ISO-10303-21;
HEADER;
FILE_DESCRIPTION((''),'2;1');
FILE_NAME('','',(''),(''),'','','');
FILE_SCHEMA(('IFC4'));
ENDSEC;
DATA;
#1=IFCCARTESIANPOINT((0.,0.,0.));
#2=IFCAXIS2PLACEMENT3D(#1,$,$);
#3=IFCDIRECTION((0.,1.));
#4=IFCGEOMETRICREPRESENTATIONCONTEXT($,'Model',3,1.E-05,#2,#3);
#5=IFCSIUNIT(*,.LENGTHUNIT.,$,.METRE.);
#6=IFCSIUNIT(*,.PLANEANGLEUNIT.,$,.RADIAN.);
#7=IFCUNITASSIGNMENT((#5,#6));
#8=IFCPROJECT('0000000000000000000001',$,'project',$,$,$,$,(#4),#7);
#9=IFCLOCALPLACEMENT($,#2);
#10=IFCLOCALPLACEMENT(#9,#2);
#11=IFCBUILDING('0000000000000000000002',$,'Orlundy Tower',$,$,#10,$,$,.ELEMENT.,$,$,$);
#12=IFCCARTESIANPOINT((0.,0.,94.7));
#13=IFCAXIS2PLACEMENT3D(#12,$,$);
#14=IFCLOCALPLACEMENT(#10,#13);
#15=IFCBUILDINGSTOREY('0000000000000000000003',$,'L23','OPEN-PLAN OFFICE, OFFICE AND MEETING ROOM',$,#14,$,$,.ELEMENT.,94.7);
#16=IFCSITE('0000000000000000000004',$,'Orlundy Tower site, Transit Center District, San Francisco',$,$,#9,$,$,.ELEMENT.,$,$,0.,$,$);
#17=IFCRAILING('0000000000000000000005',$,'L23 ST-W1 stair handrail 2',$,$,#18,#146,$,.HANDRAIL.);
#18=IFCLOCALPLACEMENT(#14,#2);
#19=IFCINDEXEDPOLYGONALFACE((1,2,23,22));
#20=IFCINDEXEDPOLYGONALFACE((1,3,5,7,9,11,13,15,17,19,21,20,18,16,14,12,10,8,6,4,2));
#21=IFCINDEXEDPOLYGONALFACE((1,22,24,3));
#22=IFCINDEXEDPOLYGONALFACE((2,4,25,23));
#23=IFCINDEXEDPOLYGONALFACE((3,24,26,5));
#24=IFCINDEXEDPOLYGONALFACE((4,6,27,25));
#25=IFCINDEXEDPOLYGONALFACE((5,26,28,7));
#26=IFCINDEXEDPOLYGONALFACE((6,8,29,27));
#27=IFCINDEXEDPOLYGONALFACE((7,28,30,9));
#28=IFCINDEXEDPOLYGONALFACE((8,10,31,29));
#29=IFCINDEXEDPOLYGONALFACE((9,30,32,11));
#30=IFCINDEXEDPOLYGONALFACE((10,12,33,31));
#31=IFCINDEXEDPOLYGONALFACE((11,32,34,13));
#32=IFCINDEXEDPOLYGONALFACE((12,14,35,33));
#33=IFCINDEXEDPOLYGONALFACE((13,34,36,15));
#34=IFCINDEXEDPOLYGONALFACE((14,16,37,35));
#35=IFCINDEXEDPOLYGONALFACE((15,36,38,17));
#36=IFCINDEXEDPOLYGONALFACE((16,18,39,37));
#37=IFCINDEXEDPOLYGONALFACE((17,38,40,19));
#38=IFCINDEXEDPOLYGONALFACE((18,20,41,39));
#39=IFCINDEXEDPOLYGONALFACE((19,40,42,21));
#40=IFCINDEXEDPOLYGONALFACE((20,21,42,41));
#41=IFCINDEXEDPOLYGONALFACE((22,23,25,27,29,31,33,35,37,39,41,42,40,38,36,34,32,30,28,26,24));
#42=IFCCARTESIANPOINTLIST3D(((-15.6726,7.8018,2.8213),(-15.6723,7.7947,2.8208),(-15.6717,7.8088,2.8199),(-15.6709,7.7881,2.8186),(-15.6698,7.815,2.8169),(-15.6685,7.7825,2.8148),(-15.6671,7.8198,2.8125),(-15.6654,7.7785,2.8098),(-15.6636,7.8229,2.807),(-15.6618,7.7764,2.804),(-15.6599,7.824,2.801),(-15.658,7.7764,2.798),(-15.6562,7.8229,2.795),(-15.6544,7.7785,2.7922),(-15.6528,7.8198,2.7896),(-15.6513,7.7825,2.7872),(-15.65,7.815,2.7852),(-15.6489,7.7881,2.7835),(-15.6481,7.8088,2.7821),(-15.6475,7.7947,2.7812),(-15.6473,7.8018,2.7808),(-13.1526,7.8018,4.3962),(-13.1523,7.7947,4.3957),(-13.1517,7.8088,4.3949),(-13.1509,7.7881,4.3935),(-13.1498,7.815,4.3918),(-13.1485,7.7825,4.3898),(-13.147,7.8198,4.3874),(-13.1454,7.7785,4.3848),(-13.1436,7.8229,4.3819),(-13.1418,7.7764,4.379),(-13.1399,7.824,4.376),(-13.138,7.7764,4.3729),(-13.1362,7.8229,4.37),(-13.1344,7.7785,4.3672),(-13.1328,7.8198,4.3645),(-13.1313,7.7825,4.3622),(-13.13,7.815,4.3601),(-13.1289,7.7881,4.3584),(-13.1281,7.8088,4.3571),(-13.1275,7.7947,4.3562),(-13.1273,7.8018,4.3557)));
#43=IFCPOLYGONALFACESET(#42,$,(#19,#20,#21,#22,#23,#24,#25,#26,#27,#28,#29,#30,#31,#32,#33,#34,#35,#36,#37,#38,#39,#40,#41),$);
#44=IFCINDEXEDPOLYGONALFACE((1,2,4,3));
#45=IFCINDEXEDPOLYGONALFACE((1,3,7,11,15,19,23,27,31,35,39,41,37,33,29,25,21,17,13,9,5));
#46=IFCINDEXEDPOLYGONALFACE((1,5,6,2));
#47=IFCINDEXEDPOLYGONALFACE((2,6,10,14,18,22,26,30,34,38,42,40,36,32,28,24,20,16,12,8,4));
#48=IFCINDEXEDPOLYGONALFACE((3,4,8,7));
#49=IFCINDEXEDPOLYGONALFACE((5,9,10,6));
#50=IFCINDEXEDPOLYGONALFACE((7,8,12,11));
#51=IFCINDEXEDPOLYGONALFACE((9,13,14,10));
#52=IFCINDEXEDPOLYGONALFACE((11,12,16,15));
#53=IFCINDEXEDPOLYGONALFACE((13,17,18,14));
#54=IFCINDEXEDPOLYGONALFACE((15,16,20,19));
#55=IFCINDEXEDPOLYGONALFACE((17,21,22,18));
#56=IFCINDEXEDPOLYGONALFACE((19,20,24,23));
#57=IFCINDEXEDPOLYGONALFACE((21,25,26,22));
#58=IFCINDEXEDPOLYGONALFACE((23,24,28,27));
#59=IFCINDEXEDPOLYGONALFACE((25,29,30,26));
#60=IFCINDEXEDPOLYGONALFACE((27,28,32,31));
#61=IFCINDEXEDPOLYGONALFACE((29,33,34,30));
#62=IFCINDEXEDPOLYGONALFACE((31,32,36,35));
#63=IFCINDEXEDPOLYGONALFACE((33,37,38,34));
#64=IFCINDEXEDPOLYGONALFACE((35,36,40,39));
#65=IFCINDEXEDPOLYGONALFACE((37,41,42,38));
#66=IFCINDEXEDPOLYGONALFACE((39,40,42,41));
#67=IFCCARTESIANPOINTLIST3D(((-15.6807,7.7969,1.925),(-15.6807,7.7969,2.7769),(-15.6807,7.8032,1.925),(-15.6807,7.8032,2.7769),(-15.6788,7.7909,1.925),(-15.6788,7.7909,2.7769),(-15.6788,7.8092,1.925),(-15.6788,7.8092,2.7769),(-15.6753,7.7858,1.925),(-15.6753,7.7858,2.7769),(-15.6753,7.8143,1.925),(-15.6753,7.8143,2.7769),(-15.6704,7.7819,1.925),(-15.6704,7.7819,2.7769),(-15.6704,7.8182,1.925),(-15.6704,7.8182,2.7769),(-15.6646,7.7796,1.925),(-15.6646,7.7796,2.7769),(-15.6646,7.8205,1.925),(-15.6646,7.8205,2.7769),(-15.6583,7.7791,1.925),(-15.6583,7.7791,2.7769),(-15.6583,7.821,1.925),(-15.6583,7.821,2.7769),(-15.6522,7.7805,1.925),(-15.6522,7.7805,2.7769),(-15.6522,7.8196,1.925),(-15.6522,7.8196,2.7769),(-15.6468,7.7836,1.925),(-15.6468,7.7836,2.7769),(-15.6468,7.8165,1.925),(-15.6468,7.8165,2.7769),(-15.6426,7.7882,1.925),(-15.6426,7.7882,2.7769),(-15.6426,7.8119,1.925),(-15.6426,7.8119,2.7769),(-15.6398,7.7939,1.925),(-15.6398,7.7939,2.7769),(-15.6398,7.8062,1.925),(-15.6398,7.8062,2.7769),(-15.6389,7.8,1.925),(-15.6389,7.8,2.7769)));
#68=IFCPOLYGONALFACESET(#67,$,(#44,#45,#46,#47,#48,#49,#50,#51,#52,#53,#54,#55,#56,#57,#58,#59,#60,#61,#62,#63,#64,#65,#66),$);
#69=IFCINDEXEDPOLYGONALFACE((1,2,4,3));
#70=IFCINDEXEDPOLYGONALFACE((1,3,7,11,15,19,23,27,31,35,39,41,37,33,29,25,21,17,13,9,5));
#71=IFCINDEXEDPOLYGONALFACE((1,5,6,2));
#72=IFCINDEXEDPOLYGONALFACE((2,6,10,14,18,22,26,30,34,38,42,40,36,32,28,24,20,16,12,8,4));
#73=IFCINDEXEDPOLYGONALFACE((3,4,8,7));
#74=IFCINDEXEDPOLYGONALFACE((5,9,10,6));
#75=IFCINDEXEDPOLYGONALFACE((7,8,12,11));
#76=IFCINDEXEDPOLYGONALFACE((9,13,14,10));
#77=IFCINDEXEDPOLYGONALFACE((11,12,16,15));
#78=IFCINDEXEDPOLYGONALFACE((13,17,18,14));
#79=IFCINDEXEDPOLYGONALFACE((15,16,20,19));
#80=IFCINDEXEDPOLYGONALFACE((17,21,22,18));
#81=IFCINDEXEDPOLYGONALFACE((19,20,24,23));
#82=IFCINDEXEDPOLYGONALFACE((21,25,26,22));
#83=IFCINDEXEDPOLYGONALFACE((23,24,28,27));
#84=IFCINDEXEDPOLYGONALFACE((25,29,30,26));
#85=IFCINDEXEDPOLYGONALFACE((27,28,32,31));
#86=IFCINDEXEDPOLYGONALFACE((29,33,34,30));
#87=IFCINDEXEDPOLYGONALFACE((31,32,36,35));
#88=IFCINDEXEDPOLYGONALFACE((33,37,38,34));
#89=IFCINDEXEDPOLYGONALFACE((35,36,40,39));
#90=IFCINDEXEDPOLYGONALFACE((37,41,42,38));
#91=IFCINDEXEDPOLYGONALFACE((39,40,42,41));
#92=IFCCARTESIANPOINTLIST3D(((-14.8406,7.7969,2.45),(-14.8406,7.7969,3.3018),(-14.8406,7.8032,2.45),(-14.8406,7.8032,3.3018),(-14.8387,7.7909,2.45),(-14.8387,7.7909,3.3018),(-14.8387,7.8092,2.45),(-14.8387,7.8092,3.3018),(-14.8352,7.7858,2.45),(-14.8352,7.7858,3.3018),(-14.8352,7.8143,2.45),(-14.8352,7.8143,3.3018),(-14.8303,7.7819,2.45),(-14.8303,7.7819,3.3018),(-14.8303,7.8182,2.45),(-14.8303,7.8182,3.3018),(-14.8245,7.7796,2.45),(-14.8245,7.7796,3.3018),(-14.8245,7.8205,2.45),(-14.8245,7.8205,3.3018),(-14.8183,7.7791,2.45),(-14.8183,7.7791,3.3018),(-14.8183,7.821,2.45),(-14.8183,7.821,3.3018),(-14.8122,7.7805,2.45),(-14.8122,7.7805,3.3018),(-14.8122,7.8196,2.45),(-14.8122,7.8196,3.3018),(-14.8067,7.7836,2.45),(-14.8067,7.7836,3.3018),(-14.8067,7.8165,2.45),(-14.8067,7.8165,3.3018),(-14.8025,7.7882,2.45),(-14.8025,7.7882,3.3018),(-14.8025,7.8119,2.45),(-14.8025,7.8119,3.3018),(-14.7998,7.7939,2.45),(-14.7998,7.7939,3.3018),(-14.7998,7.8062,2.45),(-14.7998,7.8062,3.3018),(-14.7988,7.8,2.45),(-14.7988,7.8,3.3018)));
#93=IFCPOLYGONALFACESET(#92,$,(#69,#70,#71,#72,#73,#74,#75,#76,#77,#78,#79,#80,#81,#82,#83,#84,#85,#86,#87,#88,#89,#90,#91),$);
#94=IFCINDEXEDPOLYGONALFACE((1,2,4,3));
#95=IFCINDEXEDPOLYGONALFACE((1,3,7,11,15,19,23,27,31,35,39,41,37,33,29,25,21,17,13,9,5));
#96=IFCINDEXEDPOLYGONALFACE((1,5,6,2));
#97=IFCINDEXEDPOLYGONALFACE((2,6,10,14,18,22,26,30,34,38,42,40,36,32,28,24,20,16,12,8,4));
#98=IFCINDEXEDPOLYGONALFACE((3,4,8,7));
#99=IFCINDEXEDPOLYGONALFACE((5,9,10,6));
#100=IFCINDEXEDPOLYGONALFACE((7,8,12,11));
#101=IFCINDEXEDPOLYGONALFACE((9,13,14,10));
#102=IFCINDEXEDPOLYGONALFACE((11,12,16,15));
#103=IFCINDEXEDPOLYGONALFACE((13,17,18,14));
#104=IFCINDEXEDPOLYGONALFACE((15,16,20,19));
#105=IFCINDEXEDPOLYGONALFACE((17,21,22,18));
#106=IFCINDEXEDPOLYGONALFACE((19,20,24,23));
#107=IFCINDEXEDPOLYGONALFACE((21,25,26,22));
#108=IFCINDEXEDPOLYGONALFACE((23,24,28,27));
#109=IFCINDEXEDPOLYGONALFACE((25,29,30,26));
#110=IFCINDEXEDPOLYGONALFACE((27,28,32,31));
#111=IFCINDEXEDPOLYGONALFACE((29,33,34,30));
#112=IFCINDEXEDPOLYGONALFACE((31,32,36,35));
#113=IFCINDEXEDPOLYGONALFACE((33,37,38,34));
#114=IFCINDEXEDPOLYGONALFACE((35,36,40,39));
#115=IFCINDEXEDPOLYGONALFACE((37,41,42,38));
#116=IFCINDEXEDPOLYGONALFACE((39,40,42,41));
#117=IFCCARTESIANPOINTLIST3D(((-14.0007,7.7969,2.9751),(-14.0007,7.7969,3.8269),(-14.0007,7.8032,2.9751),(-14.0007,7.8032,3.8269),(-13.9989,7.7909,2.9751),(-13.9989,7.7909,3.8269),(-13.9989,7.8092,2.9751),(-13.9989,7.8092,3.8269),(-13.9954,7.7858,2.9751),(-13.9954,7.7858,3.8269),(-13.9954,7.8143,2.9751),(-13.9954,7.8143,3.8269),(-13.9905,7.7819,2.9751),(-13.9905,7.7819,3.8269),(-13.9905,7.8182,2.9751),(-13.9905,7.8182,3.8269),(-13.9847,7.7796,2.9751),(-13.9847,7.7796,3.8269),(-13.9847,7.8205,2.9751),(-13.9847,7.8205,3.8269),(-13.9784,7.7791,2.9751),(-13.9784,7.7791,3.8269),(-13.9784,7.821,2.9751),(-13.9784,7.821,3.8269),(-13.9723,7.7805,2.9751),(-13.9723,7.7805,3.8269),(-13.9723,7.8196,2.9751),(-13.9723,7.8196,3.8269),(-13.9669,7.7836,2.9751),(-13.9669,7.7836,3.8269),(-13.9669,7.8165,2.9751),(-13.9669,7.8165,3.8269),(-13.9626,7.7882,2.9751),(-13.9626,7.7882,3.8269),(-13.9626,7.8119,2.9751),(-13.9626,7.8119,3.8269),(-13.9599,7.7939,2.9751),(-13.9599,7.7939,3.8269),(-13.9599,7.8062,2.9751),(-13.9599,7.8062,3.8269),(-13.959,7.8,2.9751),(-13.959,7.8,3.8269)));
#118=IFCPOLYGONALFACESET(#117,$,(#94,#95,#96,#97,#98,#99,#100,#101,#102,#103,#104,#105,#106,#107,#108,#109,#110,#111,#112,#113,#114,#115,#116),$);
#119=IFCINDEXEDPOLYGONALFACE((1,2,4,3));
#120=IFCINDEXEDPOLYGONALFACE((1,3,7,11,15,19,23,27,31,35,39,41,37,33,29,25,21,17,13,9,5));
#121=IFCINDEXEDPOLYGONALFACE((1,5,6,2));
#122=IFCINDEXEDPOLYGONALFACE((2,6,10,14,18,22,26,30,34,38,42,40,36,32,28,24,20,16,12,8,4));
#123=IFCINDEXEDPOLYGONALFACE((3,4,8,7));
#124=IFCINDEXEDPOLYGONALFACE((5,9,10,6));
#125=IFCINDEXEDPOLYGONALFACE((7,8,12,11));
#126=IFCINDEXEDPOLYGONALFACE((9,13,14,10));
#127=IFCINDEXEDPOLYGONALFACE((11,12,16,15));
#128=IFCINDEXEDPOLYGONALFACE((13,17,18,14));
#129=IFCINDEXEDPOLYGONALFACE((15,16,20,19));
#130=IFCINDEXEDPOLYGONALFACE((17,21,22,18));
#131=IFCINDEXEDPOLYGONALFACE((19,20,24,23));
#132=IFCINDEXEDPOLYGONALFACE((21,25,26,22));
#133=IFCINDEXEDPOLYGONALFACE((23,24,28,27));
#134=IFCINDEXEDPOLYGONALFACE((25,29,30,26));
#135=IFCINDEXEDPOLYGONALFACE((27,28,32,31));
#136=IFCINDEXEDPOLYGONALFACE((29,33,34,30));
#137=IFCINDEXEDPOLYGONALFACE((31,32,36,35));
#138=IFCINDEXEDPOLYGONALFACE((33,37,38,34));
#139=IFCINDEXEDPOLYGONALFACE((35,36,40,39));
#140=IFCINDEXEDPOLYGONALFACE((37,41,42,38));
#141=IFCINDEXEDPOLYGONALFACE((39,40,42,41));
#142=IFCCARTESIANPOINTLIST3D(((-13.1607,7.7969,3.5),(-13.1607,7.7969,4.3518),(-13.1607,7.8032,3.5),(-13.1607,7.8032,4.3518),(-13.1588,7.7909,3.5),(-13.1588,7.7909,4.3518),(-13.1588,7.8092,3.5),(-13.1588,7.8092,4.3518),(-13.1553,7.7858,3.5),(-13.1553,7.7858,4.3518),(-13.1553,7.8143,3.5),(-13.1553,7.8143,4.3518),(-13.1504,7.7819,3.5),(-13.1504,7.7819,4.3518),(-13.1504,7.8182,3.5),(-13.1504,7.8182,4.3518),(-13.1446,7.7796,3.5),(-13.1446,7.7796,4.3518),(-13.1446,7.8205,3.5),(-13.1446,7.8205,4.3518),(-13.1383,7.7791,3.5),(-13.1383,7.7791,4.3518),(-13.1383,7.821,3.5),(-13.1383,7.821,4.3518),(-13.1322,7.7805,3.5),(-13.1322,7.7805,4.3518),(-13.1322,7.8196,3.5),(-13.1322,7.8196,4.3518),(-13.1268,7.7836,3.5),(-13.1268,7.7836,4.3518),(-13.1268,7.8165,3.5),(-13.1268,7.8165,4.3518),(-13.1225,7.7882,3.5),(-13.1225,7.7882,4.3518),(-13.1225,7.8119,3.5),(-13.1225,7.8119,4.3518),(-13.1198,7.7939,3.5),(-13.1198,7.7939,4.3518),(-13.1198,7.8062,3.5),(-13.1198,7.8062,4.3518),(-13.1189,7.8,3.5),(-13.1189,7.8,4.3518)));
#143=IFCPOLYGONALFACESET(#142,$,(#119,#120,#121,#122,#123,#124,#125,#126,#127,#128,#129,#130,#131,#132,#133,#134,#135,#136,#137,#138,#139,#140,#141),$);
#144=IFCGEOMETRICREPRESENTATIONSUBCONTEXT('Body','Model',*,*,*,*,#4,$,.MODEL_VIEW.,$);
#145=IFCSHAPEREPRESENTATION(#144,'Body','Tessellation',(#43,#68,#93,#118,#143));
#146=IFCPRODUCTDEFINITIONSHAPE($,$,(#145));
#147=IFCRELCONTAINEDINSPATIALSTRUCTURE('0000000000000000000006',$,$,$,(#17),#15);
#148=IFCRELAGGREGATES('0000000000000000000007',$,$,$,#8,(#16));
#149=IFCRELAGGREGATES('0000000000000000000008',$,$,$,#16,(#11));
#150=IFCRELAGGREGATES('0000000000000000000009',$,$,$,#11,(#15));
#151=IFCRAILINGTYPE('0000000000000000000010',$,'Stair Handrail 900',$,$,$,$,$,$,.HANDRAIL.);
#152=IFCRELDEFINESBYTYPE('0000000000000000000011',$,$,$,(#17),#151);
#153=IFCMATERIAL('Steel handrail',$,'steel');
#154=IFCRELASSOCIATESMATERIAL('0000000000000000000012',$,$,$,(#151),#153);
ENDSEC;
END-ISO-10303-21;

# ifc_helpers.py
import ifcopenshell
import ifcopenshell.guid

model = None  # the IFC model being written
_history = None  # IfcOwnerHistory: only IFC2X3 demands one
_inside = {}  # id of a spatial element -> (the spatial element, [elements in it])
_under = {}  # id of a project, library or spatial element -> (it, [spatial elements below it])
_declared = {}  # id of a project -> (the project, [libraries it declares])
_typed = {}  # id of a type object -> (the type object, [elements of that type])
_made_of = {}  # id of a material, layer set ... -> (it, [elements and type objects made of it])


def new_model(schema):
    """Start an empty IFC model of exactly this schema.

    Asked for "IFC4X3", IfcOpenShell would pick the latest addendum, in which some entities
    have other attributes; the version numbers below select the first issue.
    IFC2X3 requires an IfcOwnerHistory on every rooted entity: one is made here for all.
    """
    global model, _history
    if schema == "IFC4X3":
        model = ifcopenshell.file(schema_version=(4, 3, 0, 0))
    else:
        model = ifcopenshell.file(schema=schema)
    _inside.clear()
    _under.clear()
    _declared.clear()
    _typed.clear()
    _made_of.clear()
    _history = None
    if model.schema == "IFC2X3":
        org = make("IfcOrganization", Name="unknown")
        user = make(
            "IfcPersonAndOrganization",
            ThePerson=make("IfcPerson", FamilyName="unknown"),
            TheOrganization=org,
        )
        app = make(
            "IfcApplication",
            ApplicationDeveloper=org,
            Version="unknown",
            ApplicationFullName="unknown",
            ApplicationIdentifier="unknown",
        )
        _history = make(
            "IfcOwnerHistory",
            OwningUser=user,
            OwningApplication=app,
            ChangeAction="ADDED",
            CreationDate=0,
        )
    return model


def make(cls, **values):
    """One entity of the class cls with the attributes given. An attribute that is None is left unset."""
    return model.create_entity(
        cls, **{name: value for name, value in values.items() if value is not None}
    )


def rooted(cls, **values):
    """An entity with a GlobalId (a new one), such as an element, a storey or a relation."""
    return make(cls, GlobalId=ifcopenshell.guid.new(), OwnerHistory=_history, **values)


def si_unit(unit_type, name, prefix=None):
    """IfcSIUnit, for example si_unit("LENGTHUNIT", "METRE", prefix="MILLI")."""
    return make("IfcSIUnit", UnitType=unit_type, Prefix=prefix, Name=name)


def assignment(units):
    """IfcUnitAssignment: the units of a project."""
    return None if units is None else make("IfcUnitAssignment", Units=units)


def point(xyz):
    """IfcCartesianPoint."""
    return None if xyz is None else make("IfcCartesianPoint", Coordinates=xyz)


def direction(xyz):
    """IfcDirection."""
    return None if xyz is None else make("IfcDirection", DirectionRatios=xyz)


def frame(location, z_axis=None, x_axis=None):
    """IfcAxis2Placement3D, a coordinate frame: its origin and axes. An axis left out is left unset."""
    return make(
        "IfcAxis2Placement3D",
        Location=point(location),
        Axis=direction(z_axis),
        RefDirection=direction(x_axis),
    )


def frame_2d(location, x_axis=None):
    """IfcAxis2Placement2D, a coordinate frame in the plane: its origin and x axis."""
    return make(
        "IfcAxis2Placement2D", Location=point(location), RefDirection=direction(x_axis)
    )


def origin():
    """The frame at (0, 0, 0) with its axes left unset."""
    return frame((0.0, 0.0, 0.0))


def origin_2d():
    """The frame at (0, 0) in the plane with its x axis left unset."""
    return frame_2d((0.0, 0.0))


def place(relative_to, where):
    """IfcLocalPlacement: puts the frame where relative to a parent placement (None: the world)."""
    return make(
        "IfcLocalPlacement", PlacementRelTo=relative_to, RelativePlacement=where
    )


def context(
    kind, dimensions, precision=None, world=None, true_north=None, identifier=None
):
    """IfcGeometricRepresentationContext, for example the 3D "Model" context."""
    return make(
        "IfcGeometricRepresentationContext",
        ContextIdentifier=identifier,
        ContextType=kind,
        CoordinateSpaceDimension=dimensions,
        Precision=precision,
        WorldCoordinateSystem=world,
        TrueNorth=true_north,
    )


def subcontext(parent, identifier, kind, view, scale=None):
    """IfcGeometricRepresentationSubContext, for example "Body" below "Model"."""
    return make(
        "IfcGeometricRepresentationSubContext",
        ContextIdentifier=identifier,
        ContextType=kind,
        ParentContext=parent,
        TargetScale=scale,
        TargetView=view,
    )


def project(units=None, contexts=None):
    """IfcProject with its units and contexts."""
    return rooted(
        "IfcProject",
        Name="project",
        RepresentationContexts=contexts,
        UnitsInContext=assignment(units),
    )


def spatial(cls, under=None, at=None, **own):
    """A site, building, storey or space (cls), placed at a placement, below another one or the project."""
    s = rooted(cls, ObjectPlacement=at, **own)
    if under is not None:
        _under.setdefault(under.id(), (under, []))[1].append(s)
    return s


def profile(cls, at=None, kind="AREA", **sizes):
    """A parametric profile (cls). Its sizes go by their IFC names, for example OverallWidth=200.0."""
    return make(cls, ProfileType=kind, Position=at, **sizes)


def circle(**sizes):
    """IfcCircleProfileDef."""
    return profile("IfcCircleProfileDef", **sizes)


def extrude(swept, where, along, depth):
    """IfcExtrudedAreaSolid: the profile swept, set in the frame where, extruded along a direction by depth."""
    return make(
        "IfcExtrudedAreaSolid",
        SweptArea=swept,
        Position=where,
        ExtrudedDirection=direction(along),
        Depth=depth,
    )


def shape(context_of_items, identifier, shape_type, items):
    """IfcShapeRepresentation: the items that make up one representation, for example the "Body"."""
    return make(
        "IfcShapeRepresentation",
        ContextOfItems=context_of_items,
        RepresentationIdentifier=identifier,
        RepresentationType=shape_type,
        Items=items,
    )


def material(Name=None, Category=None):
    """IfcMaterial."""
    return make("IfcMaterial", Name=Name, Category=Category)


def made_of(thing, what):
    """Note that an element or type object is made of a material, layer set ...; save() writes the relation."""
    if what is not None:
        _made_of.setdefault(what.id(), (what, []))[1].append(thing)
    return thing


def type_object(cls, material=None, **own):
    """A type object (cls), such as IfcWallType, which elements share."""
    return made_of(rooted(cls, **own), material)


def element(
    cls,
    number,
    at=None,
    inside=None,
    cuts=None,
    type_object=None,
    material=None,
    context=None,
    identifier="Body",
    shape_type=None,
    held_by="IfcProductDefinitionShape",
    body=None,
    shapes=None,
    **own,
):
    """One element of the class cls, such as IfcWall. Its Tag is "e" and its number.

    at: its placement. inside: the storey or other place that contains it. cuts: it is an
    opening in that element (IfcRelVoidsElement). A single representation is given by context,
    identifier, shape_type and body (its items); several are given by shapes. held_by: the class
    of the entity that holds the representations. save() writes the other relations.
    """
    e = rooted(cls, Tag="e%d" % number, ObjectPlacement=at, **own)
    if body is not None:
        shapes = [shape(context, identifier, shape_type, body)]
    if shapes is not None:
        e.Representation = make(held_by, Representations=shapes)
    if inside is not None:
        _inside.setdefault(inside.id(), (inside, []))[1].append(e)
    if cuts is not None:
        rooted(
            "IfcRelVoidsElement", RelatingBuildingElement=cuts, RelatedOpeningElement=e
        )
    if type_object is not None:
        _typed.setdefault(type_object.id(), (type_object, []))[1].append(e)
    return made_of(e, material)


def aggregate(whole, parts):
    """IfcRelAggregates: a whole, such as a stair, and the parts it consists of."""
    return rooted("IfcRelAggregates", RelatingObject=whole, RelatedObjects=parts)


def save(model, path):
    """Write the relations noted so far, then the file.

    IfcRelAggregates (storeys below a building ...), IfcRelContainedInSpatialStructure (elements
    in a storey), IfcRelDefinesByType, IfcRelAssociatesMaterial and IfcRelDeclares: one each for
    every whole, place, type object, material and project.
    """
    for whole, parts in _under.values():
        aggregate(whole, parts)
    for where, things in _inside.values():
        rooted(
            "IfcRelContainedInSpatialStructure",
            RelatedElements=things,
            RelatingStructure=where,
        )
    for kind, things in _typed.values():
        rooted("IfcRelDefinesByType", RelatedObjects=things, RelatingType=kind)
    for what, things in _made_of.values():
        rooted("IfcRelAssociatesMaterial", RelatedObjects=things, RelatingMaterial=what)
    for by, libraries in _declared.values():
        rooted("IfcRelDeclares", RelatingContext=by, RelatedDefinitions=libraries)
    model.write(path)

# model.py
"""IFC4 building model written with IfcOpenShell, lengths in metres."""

from ifc_helpers import new_model, si_unit, direction, frame, origin, origin_2d, place, context, subcontext, project, spatial, circle, extrude, material, type_object, element, save


model = new_model("IFC4")

# Units and contexts
model_context = context("Model", 3, precision=1e-05, world=origin(), true_north=direction((0.0, 1.0)))
body_context = subcontext(model_context, "Body", "Model", "MODEL_VIEW")
ifc_project = project(units=[si_unit("LENGTHUNIT", "METRE"), si_unit("PLANEANGLEUNIT", "RADIAN")], contexts=[model_context])

# Site, building, storey
site_placement = place(None, origin())
site = spatial("IfcSite", under=ifc_project, at=site_placement, Name="Orlundy Tower site, Transit Center District, San Francisco", CompositionType="ELEMENT", RefElevation=0.0)
building_placement = place(site_placement, origin())
building = spatial("IfcBuilding", under=site, at=building_placement, Name="Orlundy Tower", CompositionType="ELEMENT")
storey_placement = place(building_placement, frame((0.0, 0.0, 94.7)))
storey = spatial("IfcBuildingStorey", under=building, at=storey_placement, Name="L23", Description="OPEN-PLAN OFFICE, OFFICE AND MEETING ROOM", CompositionType="ELEMENT", Elevation=94.7)

# Railing
ifc_material_1 = material(Name="Steel handrail", Category="steel")
railing_type_1 = type_object("IfcRailingType", Name="Stair Handrail 900", PredefinedType="HANDRAIL", material=ifc_material_1)
railing_1_placement = place(storey_placement, frame((-15.6599, 7.8, 1.925)))
element("IfcRailing", 1, at=railing_1_placement, inside=storey, type_object=railing_type_1, Name="L23 ST-W1 stair handrail 2", PredefinedType="HANDRAIL", context=body_context, shape_type="SweptSolid", body=[
    extrude(circle(Radius=0.0239, at=origin_2d()), frame((0.0, 0.0, 0.876), z_axis=(0.848008, 0.0, 0.529984), x_axis=(0.0, 1.0, 0.0)), (0.0, 0.0, 1.0), 2.9717),
    extrude(circle(Radius=0.021, at=origin_2d()), origin(), (0.0, 0.0, 1.0), 0.8518),
    extrude(circle(Radius=0.021, at=origin_2d()), frame((0.8401, 0.0, 0.5249)), (0.0, 0.0, 1.0), 0.8518),
    extrude(circle(Radius=0.021, at=origin_2d()), frame((1.6799, 0.0, 1.05)), (0.0, 0.0, 1.0), 0.8518),
    extrude(circle(Radius=0.021, at=origin_2d()), frame((2.52, 0.0, 1.575)), (0.0, 0.0, 1.0), 0.8518),
])

save(model, "model.ifc")
